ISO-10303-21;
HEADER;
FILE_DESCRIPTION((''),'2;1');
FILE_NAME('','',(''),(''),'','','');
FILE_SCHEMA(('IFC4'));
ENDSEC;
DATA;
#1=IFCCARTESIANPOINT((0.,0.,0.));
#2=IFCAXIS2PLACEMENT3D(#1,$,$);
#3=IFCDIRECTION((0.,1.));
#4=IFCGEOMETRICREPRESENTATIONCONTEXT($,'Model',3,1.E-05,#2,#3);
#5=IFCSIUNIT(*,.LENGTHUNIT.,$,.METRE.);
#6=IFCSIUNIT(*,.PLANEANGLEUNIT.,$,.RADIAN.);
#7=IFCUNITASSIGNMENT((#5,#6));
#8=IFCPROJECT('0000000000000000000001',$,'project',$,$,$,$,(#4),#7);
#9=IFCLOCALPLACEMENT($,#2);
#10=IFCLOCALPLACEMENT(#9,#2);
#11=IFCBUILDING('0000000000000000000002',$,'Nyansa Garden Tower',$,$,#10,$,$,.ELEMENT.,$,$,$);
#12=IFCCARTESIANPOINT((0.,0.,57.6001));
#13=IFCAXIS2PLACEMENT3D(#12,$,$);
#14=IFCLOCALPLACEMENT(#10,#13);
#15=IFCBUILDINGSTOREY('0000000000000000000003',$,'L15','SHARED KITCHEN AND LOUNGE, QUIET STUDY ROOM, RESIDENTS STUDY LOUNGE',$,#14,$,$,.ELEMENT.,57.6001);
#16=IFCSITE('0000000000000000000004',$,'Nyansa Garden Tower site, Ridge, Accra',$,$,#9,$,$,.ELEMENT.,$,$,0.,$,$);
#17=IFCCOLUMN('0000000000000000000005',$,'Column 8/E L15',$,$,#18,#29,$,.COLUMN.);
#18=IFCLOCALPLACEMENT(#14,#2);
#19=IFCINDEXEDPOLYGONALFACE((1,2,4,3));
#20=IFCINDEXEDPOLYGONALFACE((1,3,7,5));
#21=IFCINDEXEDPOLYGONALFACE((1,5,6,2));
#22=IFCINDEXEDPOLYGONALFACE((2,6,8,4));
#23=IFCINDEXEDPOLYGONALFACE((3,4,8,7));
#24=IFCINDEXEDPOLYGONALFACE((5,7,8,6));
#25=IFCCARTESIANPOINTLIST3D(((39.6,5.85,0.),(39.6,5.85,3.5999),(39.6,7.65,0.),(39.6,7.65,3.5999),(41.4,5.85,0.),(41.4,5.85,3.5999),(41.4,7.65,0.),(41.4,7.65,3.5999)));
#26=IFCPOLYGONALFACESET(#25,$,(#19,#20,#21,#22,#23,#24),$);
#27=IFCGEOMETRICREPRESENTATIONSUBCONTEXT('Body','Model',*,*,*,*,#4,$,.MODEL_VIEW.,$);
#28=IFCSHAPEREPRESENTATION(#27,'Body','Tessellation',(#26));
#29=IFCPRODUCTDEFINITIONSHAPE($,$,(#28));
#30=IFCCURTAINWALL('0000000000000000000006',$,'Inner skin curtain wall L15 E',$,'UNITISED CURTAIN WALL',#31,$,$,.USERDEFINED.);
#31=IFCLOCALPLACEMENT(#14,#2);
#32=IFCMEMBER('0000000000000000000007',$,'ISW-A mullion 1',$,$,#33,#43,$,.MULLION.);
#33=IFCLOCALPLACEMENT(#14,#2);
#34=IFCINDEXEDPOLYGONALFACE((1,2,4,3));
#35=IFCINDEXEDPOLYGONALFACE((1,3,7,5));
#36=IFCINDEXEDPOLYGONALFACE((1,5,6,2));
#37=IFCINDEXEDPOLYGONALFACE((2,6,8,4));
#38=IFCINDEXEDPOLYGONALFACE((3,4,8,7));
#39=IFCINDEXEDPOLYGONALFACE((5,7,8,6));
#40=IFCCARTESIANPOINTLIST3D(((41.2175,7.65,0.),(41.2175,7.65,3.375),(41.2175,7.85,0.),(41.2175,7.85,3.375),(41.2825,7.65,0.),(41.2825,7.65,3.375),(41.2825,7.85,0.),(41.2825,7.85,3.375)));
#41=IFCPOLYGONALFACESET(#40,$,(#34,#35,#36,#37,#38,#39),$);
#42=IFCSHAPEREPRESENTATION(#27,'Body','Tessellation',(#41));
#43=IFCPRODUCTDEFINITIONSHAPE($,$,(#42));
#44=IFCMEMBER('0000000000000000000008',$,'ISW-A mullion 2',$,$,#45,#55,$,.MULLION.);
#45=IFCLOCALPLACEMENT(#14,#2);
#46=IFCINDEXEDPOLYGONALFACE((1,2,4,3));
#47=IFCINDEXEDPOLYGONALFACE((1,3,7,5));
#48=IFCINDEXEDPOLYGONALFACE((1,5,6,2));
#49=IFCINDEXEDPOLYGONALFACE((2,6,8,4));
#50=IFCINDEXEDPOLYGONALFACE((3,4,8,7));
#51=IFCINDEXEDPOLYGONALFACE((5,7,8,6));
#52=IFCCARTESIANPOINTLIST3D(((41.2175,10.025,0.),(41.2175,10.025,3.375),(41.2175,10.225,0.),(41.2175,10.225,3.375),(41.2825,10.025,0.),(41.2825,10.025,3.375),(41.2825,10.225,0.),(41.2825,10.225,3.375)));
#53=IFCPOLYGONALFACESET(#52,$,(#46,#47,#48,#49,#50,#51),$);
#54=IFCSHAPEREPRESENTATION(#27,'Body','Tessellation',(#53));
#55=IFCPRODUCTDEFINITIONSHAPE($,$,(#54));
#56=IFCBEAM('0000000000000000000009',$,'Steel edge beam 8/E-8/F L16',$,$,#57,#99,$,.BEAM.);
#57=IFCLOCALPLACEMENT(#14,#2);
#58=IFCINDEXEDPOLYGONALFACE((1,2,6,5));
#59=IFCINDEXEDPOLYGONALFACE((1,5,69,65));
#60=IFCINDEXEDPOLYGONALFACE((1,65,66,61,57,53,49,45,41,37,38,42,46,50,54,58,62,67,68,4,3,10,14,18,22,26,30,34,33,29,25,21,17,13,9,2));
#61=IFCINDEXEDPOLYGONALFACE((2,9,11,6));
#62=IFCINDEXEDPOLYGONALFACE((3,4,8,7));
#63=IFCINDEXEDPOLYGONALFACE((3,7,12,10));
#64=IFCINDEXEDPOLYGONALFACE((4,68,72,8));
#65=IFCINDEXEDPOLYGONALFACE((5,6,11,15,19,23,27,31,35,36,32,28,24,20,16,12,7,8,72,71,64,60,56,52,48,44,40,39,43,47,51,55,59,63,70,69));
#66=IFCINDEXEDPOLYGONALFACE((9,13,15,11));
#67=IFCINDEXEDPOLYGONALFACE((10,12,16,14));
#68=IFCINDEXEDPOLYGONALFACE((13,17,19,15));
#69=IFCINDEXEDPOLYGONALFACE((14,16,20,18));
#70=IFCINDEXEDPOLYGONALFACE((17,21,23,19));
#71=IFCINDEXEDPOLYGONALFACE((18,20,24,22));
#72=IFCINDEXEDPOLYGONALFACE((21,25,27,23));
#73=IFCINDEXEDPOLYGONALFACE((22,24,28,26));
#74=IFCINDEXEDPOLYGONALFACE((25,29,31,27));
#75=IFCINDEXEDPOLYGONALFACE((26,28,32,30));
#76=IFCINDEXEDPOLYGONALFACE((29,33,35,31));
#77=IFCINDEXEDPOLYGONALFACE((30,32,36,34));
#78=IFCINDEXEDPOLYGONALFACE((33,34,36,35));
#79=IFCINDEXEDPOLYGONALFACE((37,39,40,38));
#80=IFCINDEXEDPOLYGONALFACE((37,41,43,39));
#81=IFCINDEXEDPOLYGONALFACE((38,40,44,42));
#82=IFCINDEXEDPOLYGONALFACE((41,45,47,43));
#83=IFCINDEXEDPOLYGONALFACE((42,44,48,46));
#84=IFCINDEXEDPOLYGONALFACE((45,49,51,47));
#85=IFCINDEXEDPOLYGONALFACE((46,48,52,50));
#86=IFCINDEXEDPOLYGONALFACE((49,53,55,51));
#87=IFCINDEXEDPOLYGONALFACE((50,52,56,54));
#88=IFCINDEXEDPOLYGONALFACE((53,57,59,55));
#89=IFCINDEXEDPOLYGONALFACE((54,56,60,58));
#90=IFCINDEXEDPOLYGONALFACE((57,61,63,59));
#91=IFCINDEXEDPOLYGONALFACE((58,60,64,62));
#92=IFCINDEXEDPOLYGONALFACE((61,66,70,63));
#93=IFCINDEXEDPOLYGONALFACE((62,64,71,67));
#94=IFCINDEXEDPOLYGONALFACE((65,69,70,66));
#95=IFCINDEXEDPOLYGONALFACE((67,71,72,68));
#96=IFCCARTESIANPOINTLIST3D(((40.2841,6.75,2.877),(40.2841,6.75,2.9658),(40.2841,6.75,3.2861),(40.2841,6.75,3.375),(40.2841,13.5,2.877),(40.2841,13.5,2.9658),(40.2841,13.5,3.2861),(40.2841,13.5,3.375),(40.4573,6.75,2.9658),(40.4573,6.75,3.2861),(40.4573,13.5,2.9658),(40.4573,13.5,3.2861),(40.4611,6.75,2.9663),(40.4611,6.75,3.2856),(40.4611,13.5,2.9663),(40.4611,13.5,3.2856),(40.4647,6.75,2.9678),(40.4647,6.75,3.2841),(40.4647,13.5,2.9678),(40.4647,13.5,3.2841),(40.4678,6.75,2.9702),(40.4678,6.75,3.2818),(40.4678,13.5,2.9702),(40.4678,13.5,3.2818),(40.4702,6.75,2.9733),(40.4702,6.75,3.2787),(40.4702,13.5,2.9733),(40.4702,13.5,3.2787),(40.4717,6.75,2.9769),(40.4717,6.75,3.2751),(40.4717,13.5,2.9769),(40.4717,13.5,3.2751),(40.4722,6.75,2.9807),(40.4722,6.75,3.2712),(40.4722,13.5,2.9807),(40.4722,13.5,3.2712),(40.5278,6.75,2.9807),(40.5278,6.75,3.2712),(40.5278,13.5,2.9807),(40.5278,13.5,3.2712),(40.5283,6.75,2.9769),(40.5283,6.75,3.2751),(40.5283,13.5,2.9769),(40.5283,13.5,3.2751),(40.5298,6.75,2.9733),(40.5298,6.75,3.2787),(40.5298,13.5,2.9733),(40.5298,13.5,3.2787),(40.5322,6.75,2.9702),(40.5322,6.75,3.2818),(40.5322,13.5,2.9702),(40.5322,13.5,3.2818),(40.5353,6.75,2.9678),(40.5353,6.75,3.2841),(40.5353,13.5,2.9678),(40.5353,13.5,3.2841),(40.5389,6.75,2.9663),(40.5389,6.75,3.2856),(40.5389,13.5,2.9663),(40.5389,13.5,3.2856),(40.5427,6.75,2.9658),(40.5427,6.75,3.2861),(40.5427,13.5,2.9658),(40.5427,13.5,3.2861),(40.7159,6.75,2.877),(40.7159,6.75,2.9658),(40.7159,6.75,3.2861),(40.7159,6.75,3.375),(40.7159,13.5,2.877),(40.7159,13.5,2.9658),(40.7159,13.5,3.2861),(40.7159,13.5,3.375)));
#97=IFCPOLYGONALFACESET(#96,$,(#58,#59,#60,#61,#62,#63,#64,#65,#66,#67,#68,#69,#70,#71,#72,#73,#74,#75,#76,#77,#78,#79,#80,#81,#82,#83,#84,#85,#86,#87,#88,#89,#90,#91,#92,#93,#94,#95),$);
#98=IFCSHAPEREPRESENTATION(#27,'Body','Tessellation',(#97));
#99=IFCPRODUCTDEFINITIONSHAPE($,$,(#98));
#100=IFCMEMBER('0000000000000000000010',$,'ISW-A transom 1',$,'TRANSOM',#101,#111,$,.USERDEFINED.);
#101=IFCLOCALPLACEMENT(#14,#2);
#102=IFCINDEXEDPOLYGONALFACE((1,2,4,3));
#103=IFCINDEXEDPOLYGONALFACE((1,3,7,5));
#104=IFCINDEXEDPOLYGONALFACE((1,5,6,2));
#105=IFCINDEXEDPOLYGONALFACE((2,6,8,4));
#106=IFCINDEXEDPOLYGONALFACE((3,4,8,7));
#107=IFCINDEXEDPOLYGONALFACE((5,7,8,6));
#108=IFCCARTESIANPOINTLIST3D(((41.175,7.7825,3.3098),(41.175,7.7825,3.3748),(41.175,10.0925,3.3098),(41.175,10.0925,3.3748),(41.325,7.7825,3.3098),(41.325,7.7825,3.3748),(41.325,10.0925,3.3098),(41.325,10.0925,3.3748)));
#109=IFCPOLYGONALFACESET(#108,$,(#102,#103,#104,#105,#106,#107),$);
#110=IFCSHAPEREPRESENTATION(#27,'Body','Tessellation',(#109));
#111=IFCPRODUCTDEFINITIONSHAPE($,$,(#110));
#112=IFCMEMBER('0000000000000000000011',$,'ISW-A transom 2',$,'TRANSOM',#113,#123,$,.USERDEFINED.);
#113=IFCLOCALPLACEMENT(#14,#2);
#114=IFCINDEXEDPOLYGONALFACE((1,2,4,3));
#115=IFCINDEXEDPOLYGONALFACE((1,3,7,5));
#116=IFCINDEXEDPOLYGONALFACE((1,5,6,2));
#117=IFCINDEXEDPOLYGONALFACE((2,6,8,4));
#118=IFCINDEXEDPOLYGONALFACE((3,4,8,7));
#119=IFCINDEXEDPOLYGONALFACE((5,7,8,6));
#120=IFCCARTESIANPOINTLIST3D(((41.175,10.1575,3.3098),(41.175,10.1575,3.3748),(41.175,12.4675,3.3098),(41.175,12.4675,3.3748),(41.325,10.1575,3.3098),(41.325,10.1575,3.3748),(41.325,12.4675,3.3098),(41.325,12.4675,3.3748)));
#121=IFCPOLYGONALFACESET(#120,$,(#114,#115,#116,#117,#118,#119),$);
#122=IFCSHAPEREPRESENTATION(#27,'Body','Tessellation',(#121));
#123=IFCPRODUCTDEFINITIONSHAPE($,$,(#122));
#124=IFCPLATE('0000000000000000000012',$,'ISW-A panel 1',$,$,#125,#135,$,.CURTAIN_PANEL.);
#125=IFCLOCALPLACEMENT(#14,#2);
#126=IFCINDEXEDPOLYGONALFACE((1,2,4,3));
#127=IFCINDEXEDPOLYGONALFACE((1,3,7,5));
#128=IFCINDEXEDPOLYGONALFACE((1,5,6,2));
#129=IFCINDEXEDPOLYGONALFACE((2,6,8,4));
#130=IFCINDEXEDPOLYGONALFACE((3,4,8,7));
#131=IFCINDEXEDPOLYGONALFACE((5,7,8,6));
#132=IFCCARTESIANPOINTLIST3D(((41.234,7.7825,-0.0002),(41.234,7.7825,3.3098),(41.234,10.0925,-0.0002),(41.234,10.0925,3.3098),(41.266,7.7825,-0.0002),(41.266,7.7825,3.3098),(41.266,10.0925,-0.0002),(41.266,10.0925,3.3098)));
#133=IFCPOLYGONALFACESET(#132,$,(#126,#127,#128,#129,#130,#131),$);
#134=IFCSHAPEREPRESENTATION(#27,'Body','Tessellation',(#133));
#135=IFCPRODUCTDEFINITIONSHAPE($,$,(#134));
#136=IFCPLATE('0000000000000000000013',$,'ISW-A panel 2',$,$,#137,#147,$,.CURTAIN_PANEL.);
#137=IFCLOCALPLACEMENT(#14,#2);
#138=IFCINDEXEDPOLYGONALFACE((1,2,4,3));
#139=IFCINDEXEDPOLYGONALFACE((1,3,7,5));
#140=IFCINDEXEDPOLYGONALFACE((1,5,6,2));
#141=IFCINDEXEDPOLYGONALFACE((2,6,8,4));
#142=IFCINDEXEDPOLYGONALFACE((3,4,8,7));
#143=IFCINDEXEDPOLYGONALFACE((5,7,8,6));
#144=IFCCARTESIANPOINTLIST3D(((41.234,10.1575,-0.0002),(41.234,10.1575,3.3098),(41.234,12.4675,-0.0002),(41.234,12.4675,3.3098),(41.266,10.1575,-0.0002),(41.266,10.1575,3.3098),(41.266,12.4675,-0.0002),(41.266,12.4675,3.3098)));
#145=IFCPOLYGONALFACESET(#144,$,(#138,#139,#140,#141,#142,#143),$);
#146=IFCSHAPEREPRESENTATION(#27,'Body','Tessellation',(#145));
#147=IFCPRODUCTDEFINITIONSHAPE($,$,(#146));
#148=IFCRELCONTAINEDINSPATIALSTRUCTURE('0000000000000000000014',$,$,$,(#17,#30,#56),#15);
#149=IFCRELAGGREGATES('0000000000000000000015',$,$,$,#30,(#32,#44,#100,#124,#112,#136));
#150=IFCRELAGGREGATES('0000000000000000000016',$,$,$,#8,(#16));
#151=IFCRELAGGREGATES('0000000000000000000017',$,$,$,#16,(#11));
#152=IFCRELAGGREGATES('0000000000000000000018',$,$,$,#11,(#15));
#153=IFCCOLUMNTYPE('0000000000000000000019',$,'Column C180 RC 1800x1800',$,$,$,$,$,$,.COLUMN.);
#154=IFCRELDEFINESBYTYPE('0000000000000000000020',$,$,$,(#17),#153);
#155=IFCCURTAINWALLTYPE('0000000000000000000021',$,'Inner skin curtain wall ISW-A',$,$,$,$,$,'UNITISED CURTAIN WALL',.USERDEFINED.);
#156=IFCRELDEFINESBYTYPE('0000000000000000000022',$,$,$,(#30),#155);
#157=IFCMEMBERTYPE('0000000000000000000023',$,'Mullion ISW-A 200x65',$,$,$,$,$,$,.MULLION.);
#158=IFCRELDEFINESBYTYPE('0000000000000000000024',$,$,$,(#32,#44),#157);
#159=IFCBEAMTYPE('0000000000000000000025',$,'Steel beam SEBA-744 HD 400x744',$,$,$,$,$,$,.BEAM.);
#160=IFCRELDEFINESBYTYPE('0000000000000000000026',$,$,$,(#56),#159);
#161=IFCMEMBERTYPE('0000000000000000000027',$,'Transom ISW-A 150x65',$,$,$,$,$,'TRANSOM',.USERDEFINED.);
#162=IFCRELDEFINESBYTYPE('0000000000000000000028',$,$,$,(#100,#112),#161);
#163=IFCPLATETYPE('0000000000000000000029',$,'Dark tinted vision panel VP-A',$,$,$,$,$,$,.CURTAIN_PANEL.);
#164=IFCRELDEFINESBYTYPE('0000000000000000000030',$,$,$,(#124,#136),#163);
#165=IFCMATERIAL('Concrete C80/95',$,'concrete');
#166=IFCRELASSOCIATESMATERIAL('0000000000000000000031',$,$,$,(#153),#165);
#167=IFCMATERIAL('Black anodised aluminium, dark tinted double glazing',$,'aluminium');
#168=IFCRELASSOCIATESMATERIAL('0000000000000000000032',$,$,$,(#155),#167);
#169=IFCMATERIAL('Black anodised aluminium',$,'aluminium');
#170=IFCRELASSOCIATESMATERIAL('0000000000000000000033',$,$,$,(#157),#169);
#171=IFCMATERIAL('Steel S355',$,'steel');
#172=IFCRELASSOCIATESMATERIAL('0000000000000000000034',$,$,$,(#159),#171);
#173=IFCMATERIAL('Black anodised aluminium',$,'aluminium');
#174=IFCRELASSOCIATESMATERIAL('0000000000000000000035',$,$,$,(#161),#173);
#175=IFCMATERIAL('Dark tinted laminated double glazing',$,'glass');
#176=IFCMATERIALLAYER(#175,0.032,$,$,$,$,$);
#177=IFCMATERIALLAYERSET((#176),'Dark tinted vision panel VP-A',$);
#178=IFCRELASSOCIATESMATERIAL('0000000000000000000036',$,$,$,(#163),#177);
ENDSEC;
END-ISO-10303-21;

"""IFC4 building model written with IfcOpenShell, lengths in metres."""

from ifc_helpers import new_model, si_unit, direction, frame, origin, origin_2d, place, context, subcontext, project, spatial, rectangle, i_section, extrude, material, layer, layer_set, material_profile, profile_set, type_object, element, aggregate, save


model = new_model("IFC4")

# Units and contexts
model_context = context("Model", 3, precision=1e-05, world=origin(), true_north=direction((0.0, 1.0)))
body_context = subcontext(model_context, "Body", "Model", "MODEL_VIEW")
ifc_project = project(units=[si_unit("LENGTHUNIT", "METRE"), si_unit("PLANEANGLEUNIT", "RADIAN")], contexts=[model_context])

# Site, building, storey
site_placement = place(None, origin())
site = spatial("IfcSite", under=ifc_project, at=site_placement, Name="Nyansa Garden Tower site, Ridge, Accra", CompositionType="ELEMENT", RefElevation=0.0)
building_placement = place(site_placement, origin())
building = spatial("IfcBuilding", under=site, at=building_placement, Name="Nyansa Garden Tower", CompositionType="ELEMENT")
storey_placement = place(building_placement, frame((0.0, 0.0, 57.6001)))
storey = spatial("IfcBuildingStorey", under=building, at=storey_placement, Name="L15", Description="SHARED KITCHEN AND LOUNGE, QUIET STUDY ROOM, RESIDENTS STUDY LOUNGE", CompositionType="ELEMENT", Elevation=57.6001)

# Column
ifc_material_1 = material(Name="Concrete C80/95", Category="concrete")
ifc_material_profile_1 = material_profile(ifc_material_1, rectangle(XDim=1.8, YDim=1.8, at=origin_2d()), Name="RC 1800x1800")
ifc_profile_set_1 = profile_set([ifc_material_profile_1], Name="Concrete C80/95")
column_type = type_object("IfcColumnType", Name="Column C180 RC 1800x1800", PredefinedType="COLUMN", material=ifc_profile_set_1)
column_placement = place(storey_placement, frame((40.5, 6.75, 0.0), z_axis=(0.0, 0.0, 1.0), x_axis=(1.0, 0.0, 0.0)))
element("IfcColumn", 1, at=column_placement, inside=storey, type_object=column_type, Name="Column 8/E L15", PredefinedType="COLUMN", context=body_context, shape_type="SweptSolid", body=[
    extrude(rectangle(XDim=1.8, YDim=1.8, at=origin_2d()), origin(), (0.0, 0.0, 1.0), 3.5999),
])

# Curtain wall, members
ifc_material_2 = material(Name="Black anodised aluminium, dark tinted double glazing", Category="aluminium")
curtain_wall_type = type_object("IfcCurtainWallType", Name="Inner skin curtain wall ISW-A", ElementType="UNITISED CURTAIN WALL", PredefinedType="USERDEFINED", material=ifc_material_2)
curtain_wall_placement = place(storey_placement, origin())
curtain_wall = element("IfcCurtainWall", 2, at=curtain_wall_placement, inside=storey, type_object=curtain_wall_type, Name="Inner skin curtain wall L15 E", ObjectType="UNITISED CURTAIN WALL", PredefinedType="USERDEFINED")
ifc_material_3 = material(Name="Black anodised aluminium", Category="aluminium")
ifc_material_profile_2 = material_profile(ifc_material_3, rectangle(XDim=0.0649, YDim=0.2, at=origin_2d()), Name="Mullion 200x65")
ifc_profile_set_2 = profile_set([ifc_material_profile_2], Name="Black anodised aluminium")
member_type_1 = type_object("IfcMemberType", Name="Mullion ISW-A 200x65", PredefinedType="MULLION", material=ifc_profile_set_2)
member_1_placement = place(storey_placement, frame((41.25, 7.75, 0.0), z_axis=(0.0, 0.0, 1.0), x_axis=(-1.0, 0.0, 0.0)))
member_1 = element("IfcMember", 3, at=member_1_placement, type_object=member_type_1, Name="ISW-A mullion 1", PredefinedType="MULLION", context=body_context, shape_type="SweptSolid", body=[
    extrude(rectangle(XDim=0.0649, YDim=0.2, at=origin_2d()), origin(), (0.0, 0.0, 1.0), 3.375),
])
member_2_placement = place(storey_placement, frame((41.25, 10.125, 0.0), z_axis=(0.0, 0.0, 1.0), x_axis=(-1.0, 0.0, 0.0)))
member_2 = element("IfcMember", 4, at=member_2_placement, type_object=member_type_1, Name="ISW-A mullion 2", PredefinedType="MULLION", context=body_context, shape_type="SweptSolid", body=[
    extrude(rectangle(XDim=0.0649, YDim=0.2, at=origin_2d()), origin(), (0.0, 0.0, 1.0), 3.375),
])

# Beam
ifc_material_4 = material(Name="Steel S355", Category="steel")
ifc_material_profile_3 = material_profile(ifc_material_4, i_section(OverallWidth=0.4319, OverallDepth=0.498, WebThickness=0.0557, FlangeThickness=0.0889, FilletRadius=0.0149, at=origin_2d()), Name="HD 400x744")
ifc_profile_set_3 = profile_set([ifc_material_profile_3], Name="Steel S355")
beam_type = type_object("IfcBeamType", Name="Steel beam SEBA-744 HD 400x744", PredefinedType="BEAM", material=ifc_profile_set_3)
beam_placement = place(storey_placement, frame((40.5, 6.75, 3.126), z_axis=(0.0, 1.0, 0.0), x_axis=(-1.0, 0.0, 0.0)))
element("IfcBeam", 5, at=beam_placement, inside=storey, type_object=beam_type, Name="Steel edge beam 8/E-8/F L16", PredefinedType="BEAM", context=body_context, shape_type="SweptSolid", body=[
    extrude(i_section(OverallWidth=0.4319, OverallDepth=0.498, WebThickness=0.0557, FlangeThickness=0.0889, FilletRadius=0.0149, at=origin_2d()), origin(), (0.0, 0.0, 1.0), 6.75),
])

# Members
ifc_material_5 = material(Name="Black anodised aluminium", Category="aluminium")
ifc_material_profile_4 = material_profile(ifc_material_5, rectangle(XDim=0.1499, YDim=0.0649, at=origin_2d()), Name="Transom 150x65")
ifc_profile_set_4 = profile_set([ifc_material_profile_4], Name="Black anodised aluminium")
member_type_2 = type_object("IfcMemberType", Name="Transom ISW-A 150x65", ElementType="TRANSOM", PredefinedType="USERDEFINED", material=ifc_profile_set_4)
member_3_placement = place(storey_placement, frame((41.25, 7.7825, 3.3423), z_axis=(0.0, 1.0, 0.0), x_axis=(-1.0, 0.0, 0.0)))
member_3 = element("IfcMember", 6, at=member_3_placement, type_object=member_type_2, Name="ISW-A transom 1", ObjectType="TRANSOM", PredefinedType="USERDEFINED", context=body_context, shape_type="SweptSolid", body=[
    extrude(rectangle(XDim=0.1499, YDim=0.0649, at=origin_2d()), origin(), (0.0, 0.0, 1.0), 2.3101),
])
member_4_placement = place(storey_placement, frame((41.25, 10.1575, 3.3423), z_axis=(0.0, 1.0, 0.0), x_axis=(-1.0, 0.0, 0.0)))
member_4 = element("IfcMember", 7, at=member_4_placement, type_object=member_type_2, Name="ISW-A transom 2", ObjectType="TRANSOM", PredefinedType="USERDEFINED", context=body_context, shape_type="SweptSolid", body=[
    extrude(rectangle(XDim=0.1499, YDim=0.0649, at=origin_2d()), origin(), (0.0, 0.0, 1.0), 2.3101),
])

# Plates
ifc_material_6 = material(Name="Dark tinted laminated double glazing", Category="glass")
ifc_layer_1 = layer(ifc_material_6, 0.032)
ifc_layer_set_1 = layer_set([ifc_layer_1], Name="Dark tinted vision panel VP-A")
plate_type = type_object("IfcPlateType", Name="Dark tinted vision panel VP-A", PredefinedType="CURTAIN_PANEL", material=ifc_layer_set_1)
plate_1_placement = place(storey_placement, frame((41.25, 8.9375, -0.0002), z_axis=(0.0, 0.0, 1.0), x_axis=(0.0, 1.0, 0.0)))
plate_1 = element("IfcPlate", 8, at=plate_1_placement, type_object=plate_type, Name="ISW-A panel 1", PredefinedType="CURTAIN_PANEL", context=body_context, shape_type="SweptSolid", body=[
    extrude(rectangle(XDim=2.3101, YDim=0.032, at=origin_2d()), origin(), (0.0, 0.0, 1.0), 3.3101),
])
plate_2_placement = place(storey_placement, frame((41.25, 11.3125, -0.0002), z_axis=(0.0, 0.0, 1.0), x_axis=(0.0, 1.0, 0.0)))
plate_2 = element("IfcPlate", 9, at=plate_2_placement, type_object=plate_type, Name="ISW-A panel 2", PredefinedType="CURTAIN_PANEL", context=body_context, shape_type="SweptSolid", body=[
    extrude(rectangle(XDim=2.3101, YDim=0.032, at=origin_2d()), origin(), (0.0, 0.0, 1.0), 3.3101),
])
aggregate(curtain_wall, [member_1, member_2, member_3, plate_1, member_4, plate_2])

save(model, "model.ifc")
